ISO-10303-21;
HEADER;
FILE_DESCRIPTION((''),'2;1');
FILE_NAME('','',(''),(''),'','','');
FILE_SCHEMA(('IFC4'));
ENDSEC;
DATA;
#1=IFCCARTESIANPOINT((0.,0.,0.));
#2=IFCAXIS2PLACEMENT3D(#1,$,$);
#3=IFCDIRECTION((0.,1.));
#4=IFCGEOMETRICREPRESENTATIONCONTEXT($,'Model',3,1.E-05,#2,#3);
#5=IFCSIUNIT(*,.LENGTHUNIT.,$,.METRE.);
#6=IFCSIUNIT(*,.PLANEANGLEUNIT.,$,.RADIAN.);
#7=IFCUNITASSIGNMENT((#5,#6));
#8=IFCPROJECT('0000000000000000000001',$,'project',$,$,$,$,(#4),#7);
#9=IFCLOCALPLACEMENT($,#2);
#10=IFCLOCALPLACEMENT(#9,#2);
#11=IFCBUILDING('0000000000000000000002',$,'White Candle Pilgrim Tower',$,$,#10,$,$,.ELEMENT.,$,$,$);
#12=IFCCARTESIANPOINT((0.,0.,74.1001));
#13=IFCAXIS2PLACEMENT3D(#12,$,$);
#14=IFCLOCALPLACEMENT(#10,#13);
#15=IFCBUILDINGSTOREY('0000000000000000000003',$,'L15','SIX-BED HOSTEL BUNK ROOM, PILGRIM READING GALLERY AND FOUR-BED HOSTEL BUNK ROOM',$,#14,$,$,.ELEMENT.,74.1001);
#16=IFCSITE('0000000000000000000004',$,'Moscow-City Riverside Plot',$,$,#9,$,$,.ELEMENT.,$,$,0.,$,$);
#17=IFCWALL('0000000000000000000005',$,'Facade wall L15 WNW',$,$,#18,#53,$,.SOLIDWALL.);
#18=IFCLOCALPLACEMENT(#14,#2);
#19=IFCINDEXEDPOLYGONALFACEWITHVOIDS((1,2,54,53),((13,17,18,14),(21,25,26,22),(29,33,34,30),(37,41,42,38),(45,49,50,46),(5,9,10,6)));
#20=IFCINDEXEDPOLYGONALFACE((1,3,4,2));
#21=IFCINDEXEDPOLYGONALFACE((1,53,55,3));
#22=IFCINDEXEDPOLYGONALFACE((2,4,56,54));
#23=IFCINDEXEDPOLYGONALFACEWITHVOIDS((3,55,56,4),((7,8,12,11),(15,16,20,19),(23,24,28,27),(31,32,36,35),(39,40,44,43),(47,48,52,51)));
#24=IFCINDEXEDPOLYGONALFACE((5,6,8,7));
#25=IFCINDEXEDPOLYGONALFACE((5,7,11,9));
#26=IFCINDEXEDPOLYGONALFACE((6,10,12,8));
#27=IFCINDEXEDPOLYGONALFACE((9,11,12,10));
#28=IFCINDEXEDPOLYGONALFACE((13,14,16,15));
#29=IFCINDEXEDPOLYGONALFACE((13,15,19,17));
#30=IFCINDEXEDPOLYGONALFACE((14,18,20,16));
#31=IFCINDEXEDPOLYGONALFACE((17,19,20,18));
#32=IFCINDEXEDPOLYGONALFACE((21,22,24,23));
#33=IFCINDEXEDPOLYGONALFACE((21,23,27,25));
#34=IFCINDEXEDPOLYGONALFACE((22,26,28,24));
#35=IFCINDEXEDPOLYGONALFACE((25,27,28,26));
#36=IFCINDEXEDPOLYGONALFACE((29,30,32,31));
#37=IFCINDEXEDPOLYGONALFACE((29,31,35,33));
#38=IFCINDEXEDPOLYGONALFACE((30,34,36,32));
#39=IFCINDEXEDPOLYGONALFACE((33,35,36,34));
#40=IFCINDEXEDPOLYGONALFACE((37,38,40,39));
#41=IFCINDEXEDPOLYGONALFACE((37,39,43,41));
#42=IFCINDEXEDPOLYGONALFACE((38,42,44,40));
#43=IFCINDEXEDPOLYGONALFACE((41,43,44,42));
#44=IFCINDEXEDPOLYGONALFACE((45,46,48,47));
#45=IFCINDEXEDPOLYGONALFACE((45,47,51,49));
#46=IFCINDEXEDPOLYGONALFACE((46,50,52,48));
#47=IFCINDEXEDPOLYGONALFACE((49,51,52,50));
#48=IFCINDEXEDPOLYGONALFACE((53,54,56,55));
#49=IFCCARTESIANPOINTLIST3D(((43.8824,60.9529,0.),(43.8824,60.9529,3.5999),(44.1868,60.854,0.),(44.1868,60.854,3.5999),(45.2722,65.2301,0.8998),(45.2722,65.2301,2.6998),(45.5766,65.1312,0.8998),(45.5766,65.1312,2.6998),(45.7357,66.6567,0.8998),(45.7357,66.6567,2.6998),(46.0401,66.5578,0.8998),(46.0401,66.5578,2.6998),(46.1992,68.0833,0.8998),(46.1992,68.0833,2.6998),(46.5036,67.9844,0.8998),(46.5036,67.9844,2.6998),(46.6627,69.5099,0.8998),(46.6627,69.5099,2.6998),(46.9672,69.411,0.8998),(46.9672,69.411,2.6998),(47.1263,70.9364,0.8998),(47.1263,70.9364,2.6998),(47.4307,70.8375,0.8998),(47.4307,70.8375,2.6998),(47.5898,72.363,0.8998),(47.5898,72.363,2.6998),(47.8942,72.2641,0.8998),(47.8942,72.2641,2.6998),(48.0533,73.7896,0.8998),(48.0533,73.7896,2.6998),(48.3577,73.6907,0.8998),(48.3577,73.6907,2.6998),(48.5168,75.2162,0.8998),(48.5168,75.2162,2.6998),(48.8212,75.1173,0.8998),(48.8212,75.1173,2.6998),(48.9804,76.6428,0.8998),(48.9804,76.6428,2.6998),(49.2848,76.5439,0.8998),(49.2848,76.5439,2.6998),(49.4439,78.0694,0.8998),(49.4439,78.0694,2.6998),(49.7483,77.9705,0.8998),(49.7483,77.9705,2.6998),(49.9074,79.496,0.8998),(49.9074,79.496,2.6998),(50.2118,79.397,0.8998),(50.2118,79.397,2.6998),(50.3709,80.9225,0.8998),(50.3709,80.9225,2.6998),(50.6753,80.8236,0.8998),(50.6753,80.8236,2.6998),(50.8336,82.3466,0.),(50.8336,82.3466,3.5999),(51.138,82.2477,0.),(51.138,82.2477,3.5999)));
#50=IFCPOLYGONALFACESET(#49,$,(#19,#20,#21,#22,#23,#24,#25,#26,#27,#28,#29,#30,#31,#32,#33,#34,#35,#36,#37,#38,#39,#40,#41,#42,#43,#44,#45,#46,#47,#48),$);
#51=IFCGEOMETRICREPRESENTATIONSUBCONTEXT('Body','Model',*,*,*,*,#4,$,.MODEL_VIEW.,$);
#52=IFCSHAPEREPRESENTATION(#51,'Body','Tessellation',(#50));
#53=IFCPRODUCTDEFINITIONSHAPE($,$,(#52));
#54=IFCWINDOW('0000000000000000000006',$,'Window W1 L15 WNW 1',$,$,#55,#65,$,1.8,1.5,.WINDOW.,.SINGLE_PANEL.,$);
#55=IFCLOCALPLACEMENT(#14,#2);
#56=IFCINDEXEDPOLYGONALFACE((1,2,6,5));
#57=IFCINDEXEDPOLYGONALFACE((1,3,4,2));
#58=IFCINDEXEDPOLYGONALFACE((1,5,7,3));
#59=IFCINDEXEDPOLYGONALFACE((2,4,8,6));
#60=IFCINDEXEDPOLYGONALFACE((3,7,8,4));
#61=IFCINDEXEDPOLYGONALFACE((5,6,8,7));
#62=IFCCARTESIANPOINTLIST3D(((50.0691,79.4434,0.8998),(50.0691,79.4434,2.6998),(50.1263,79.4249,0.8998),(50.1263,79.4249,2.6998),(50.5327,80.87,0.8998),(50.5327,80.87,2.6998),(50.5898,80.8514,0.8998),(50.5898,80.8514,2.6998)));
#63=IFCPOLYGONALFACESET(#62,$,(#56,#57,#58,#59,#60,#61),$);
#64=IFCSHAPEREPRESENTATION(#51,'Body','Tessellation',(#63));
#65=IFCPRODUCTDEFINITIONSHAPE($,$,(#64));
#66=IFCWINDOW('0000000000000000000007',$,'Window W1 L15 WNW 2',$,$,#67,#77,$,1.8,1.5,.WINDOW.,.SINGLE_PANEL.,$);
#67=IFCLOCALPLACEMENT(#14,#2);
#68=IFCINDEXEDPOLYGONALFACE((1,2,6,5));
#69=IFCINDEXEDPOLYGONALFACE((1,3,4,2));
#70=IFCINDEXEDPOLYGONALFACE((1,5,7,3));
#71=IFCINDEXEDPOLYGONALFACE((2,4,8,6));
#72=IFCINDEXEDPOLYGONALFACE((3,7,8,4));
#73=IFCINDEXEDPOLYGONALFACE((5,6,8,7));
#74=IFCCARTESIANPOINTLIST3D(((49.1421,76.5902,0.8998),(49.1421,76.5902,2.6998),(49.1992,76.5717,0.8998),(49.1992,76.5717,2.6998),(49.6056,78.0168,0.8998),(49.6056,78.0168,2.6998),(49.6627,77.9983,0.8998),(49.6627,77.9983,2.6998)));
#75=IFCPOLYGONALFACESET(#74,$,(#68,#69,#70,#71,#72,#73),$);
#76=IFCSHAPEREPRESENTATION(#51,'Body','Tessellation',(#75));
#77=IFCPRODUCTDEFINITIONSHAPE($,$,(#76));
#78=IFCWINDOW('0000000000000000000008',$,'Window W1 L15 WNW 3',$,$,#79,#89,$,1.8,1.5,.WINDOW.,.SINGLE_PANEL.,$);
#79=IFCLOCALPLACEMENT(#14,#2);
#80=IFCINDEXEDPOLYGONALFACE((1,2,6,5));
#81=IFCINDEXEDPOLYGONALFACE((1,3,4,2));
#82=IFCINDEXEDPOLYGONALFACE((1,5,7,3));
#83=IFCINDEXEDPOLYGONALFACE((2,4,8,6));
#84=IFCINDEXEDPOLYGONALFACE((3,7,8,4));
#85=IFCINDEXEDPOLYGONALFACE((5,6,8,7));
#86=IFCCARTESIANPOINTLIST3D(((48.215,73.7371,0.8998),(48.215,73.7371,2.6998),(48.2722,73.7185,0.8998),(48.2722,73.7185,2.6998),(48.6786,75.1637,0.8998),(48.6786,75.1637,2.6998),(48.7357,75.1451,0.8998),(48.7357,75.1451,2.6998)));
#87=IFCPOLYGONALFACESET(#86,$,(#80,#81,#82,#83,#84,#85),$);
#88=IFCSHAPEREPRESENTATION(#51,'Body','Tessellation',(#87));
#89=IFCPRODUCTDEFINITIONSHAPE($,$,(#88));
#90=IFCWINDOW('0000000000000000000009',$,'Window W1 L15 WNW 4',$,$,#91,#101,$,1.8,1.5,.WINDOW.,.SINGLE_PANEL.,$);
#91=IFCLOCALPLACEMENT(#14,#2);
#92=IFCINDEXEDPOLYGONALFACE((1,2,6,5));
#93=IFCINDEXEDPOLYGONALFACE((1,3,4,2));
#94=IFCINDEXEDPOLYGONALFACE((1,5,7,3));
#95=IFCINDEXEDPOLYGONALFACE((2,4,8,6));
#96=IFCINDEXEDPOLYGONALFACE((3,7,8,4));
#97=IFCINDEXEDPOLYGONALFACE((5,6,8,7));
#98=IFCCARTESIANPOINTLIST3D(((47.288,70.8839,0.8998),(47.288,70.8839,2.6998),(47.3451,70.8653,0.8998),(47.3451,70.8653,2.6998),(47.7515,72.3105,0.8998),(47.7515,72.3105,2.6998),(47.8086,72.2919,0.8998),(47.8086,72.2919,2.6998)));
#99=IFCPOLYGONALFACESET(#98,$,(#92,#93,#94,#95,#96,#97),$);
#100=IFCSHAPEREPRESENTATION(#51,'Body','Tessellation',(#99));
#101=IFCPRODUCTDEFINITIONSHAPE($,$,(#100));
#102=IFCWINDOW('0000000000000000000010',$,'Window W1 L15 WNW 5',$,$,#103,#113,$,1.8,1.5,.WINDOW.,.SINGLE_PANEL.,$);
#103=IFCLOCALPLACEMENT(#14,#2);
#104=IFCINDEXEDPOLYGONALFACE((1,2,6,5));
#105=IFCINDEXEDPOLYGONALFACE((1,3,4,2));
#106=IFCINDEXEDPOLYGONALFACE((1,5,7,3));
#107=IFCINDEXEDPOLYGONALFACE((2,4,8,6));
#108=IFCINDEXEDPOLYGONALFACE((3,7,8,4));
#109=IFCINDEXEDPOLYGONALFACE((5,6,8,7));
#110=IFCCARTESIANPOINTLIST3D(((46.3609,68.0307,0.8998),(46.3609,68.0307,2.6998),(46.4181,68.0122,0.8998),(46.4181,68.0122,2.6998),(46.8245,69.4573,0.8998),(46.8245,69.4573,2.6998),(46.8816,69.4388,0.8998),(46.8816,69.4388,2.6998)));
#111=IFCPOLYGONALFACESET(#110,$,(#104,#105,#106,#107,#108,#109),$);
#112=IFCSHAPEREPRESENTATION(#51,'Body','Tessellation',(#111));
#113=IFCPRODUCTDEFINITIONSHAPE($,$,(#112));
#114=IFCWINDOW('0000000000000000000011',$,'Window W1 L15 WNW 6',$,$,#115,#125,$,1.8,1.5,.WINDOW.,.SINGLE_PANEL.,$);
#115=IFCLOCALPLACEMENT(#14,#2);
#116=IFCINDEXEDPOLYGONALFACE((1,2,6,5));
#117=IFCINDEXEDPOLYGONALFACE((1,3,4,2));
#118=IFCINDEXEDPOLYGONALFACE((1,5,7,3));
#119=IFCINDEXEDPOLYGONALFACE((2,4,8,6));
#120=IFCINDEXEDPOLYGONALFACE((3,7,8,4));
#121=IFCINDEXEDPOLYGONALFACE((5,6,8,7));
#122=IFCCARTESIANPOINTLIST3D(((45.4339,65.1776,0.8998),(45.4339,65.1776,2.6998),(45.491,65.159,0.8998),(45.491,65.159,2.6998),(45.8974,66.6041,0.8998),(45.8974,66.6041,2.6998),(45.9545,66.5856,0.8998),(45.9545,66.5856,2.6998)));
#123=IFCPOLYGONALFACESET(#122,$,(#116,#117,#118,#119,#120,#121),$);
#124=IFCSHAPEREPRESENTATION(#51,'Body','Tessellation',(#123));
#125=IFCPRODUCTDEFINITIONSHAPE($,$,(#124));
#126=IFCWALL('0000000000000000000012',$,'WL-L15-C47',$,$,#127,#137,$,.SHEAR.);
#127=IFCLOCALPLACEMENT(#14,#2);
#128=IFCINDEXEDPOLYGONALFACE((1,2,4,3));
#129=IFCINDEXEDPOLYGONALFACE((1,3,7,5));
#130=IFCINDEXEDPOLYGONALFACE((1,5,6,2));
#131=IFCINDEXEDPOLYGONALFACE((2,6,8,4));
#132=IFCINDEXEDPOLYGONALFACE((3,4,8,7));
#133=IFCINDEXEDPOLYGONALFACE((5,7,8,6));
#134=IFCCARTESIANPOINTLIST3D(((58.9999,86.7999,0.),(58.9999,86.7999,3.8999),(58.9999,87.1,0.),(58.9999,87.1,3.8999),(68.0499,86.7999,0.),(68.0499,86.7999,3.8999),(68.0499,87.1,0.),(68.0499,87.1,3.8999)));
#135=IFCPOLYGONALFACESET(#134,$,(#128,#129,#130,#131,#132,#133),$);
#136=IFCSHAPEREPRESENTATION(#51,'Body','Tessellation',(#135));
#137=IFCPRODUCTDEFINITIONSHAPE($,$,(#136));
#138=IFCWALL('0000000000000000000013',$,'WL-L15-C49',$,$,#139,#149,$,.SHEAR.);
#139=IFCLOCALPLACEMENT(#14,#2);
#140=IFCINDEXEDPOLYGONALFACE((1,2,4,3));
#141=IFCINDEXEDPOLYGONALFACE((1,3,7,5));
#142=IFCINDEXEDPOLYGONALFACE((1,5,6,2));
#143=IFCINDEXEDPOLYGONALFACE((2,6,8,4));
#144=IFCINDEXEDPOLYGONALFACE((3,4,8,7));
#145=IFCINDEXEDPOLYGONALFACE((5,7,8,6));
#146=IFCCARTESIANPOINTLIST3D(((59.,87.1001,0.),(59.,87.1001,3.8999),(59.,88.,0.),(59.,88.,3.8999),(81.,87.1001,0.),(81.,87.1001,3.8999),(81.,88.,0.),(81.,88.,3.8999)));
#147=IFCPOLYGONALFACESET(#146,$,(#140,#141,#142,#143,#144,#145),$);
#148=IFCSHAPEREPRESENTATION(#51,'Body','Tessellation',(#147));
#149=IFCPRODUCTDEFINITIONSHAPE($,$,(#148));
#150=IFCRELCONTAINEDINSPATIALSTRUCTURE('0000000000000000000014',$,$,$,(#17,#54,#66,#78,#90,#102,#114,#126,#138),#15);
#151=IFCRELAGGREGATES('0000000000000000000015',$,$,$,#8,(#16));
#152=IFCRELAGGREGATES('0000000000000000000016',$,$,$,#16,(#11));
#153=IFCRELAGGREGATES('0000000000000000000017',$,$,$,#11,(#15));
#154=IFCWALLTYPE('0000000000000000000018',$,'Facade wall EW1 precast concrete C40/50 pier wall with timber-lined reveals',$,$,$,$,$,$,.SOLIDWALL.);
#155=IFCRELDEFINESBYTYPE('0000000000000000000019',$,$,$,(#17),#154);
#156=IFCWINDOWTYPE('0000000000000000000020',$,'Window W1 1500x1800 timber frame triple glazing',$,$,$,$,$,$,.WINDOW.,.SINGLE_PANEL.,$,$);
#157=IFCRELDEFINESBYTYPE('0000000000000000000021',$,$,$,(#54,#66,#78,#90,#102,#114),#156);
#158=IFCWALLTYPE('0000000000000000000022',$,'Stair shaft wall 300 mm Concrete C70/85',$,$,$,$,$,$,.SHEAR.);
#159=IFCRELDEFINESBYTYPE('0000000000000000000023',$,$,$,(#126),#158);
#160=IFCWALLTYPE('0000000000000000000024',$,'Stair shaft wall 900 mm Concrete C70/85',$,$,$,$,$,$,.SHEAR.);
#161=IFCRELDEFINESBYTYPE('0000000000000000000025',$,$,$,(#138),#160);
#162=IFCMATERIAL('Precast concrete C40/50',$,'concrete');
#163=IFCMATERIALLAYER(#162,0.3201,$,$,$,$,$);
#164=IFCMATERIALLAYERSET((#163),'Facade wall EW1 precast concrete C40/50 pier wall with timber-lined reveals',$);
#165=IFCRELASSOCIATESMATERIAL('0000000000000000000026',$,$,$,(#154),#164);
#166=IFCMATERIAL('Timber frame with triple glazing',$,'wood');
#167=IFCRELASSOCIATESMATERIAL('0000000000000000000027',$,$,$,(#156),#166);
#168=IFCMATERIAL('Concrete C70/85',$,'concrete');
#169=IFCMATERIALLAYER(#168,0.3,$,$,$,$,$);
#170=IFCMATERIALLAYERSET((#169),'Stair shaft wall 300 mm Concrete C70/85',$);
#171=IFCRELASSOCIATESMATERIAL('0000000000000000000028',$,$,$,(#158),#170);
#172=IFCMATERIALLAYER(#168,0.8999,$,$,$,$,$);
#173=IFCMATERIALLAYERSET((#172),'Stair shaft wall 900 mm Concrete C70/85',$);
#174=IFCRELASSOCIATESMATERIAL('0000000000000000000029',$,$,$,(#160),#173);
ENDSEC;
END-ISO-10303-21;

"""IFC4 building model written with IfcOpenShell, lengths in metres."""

from ifc_helpers import new_model, si_unit, direction, frame, frame_2d, origin, place, context, subcontext, project, spatial, rectangle, extrude, material, layer, layer_set, type_object, element, fill, save


model = new_model("IFC4")

# Units and contexts
model_context = context("Model", 3, precision=1e-05, world=origin(), true_north=direction((0.0, 1.0)))
body_context = subcontext(model_context, "Body", "Model", "MODEL_VIEW")
ifc_project = project(units=[si_unit("LENGTHUNIT", "METRE"), si_unit("PLANEANGLEUNIT", "RADIAN")], contexts=[model_context])

# Site, building, storey
site_placement = place(None, origin())
site = spatial("IfcSite", under=ifc_project, at=site_placement, Name="Moscow-City Riverside Plot", CompositionType="ELEMENT", RefElevation=0.0)
building_placement = place(site_placement, origin())
building = spatial("IfcBuilding", under=site, at=building_placement, Name="White Candle Pilgrim Tower", CompositionType="ELEMENT")
storey_placement = place(building_placement, frame((0.0, 0.0, 74.1001)))
storey = spatial("IfcBuildingStorey", under=building, at=storey_placement, Name="L15", Description="SIX-BED HOSTEL BUNK ROOM, PILGRIM READING GALLERY AND FOUR-BED HOSTEL BUNK ROOM", CompositionType="ELEMENT", Elevation=74.1001)

# Shared definitions
ifc_material_1 = material(Name="Concrete C70/85", Category="concrete")

# Wall, openings, windows
ifc_material_2 = material(Name="Precast concrete C40/50", Category="concrete")
ifc_layer_1 = layer(ifc_material_2, 0.3201)
ifc_layer_set_1 = layer_set([ifc_layer_1], Name="Facade wall EW1 precast concrete C40/50 pier wall with timber-lined reveals")
wall_type_1 = type_object("IfcWallType", Name="Facade wall EW1 precast concrete C40/50 pier wall with timber-lined reveals", PredefinedType="SOLIDWALL", material=ifc_layer_set_1)
ifc_material_3 = material(Name="Timber frame with triple glazing", Category="wood")
wall_1_placement = place(storey_placement, frame((50.9858, 82.2971, 0.0), z_axis=(0.0, 0.0, 1.0), x_axis=(-0.309016, -0.951057, 0.0)))
wall_1 = element("IfcWall", 1, at=wall_1_placement, inside=storey, type_object=wall_type_1, Name="Facade wall L15 WNW", PredefinedType="SOLIDWALL", context=body_context, shape_type="SweptSolid", body=[
    extrude(rectangle(XDim=22.4946, YDim=0.3201, at=frame_2d((11.2473, 0.0))), origin(), (0.0, 0.0, 1.0), 3.5999),
])
opening_1_placement = place(wall_1_placement, frame((1.4973, 0.0, 0.8999)))
opening_1 = element("IfcOpeningElement", 2, at=opening_1_placement, cuts=wall_1, PredefinedType="OPENING", context=body_context, shape_type="SweptSolid", body=[
    extrude(rectangle(XDim=1.5, YDim=1.8, at=frame_2d((0.75, 0.8999))), frame((0.0, 0.1699, 0.0), z_axis=(0.0, -1.0, 0.0), x_axis=(1.0, 0.0, 0.0)), (0.0, 0.0, 1.0), 0.3401),
])
opening_2_placement = place(wall_1_placement, frame((4.4973, 0.0, 0.8999)))
opening_2 = element("IfcOpeningElement", 3, at=opening_2_placement, cuts=wall_1, PredefinedType="OPENING", context=body_context, shape_type="SweptSolid", body=[
    extrude(rectangle(XDim=1.5, YDim=1.8, at=frame_2d((0.75, 0.8999))), frame((0.0, 0.1699, 0.0), z_axis=(0.0, -1.0, 0.0), x_axis=(1.0, 0.0, 0.0)), (0.0, 0.0, 1.0), 0.3401),
])
opening_3_placement = place(wall_1_placement, frame((7.4973, 0.0, 0.8999)))
opening_3 = element("IfcOpeningElement", 4, at=opening_3_placement, cuts=wall_1, PredefinedType="OPENING", context=body_context, shape_type="SweptSolid", body=[
    extrude(rectangle(XDim=1.5, YDim=1.8, at=frame_2d((0.75, 0.8999))), frame((0.0, 0.1699, 0.0), z_axis=(0.0, -1.0, 0.0), x_axis=(1.0, 0.0, 0.0)), (0.0, 0.0, 1.0), 0.3401),
])
opening_4_placement = place(wall_1_placement, frame((10.4973, 0.0, 0.8999)))
opening_4 = element("IfcOpeningElement", 5, at=opening_4_placement, cuts=wall_1, PredefinedType="OPENING", context=body_context, shape_type="SweptSolid", body=[
    extrude(rectangle(XDim=1.5, YDim=1.8, at=frame_2d((0.75, 0.8999))), frame((0.0, 0.1699, 0.0), z_axis=(0.0, -1.0, 0.0), x_axis=(1.0, 0.0, 0.0)), (0.0, 0.0, 1.0), 0.3401),
])
opening_5_placement = place(wall_1_placement, frame((13.4973, 0.0, 0.8999)))
opening_5 = element("IfcOpeningElement", 6, at=opening_5_placement, cuts=wall_1, PredefinedType="OPENING", context=body_context, shape_type="SweptSolid", body=[
    extrude(rectangle(XDim=1.5, YDim=1.8, at=frame_2d((0.75, 0.8999))), frame((0.0, 0.1699, 0.0), z_axis=(0.0, -1.0, 0.0), x_axis=(1.0, 0.0, 0.0)), (0.0, 0.0, 1.0), 0.3401),
])
opening_6_placement = place(wall_1_placement, frame((16.4973, 0.0, 0.8999)))
opening_6 = element("IfcOpeningElement", 7, at=opening_6_placement, cuts=wall_1, PredefinedType="OPENING", context=body_context, shape_type="SweptSolid", body=[
    extrude(rectangle(XDim=1.5, YDim=1.8, at=frame_2d((0.75, 0.8999))), frame((0.0, 0.1699, 0.0), z_axis=(0.0, -1.0, 0.0), x_axis=(1.0, 0.0, 0.0)), (0.0, 0.0, 1.0), 0.3401),
])
window_type_1 = type_object("IfcWindowType", Name="Window W1 1500x1800 timber frame triple glazing", PartitioningType="SINGLE_PANEL", PredefinedType="WINDOW", material=ifc_material_3)
window_1_placement = place(opening_1_placement, origin())
window_1 = element("IfcWindow", 8, at=window_1_placement, inside=storey, type_object=window_type_1, Name="Window W1 L15 WNW 1", OverallHeight=1.8, OverallWidth=1.5, PartitioningType="SINGLE_PANEL", PredefinedType="WINDOW", context=body_context, shape_type="SweptSolid", body=[
    extrude(rectangle(XDim=1.5, YDim=1.8, at=frame_2d((0.75, 0.8999))), frame((0.0, 0.0701, 0.0), z_axis=(0.0, -1.0, 0.0), x_axis=(1.0, 0.0, 0.0)), (0.0, 0.0, 1.0), 0.0601),
])
fill(opening_1, window_1)
window_2_placement = place(opening_2_placement, origin())
window_2 = element("IfcWindow", 9, at=window_2_placement, inside=storey, type_object=window_type_1, Name="Window W1 L15 WNW 2", OverallHeight=1.8, OverallWidth=1.5, PartitioningType="SINGLE_PANEL", PredefinedType="WINDOW", context=body_context, shape_type="SweptSolid", body=[
    extrude(rectangle(XDim=1.5, YDim=1.8, at=frame_2d((0.75, 0.8999))), frame((0.0, 0.0701, 0.0), z_axis=(0.0, -1.0, 0.0), x_axis=(1.0, 0.0, 0.0)), (0.0, 0.0, 1.0), 0.0601),
])
fill(opening_2, window_2)
window_3_placement = place(opening_3_placement, origin())
window_3 = element("IfcWindow", 10, at=window_3_placement, inside=storey, type_object=window_type_1, Name="Window W1 L15 WNW 3", OverallHeight=1.8, OverallWidth=1.5, PartitioningType="SINGLE_PANEL", PredefinedType="WINDOW", context=body_context, shape_type="SweptSolid", body=[
    extrude(rectangle(XDim=1.5, YDim=1.8, at=frame_2d((0.75, 0.8999))), frame((0.0, 0.0701, 0.0), z_axis=(0.0, -1.0, 0.0), x_axis=(1.0, 0.0, 0.0)), (0.0, 0.0, 1.0), 0.0601),
])
fill(opening_3, window_3)
window_4_placement = place(opening_4_placement, origin())
window_4 = element("IfcWindow", 11, at=window_4_placement, inside=storey, type_object=window_type_1, Name="Window W1 L15 WNW 4", OverallHeight=1.8, OverallWidth=1.5, PartitioningType="SINGLE_PANEL", PredefinedType="WINDOW", context=body_context, shape_type="SweptSolid", body=[
    extrude(rectangle(XDim=1.5, YDim=1.8, at=frame_2d((0.75, 0.8999))), frame((0.0, 0.0701, 0.0), z_axis=(0.0, -1.0, 0.0), x_axis=(1.0, 0.0, 0.0)), (0.0, 0.0, 1.0), 0.0601),
])
fill(opening_4, window_4)
window_5_placement = place(opening_5_placement, origin())
window_5 = element("IfcWindow", 12, at=window_5_placement, inside=storey, type_object=window_type_1, Name="Window W1 L15 WNW 5", OverallHeight=1.8, OverallWidth=1.5, PartitioningType="SINGLE_PANEL", PredefinedType="WINDOW", context=body_context, shape_type="SweptSolid", body=[
    extrude(rectangle(XDim=1.5, YDim=1.8, at=frame_2d((0.75, 0.8999))), frame((0.0, 0.0701, 0.0), z_axis=(0.0, -1.0, 0.0), x_axis=(1.0, 0.0, 0.0)), (0.0, 0.0, 1.0), 0.0601),
])
fill(opening_5, window_5)
window_6_placement = place(opening_6_placement, origin())
window_6 = element("IfcWindow", 13, at=window_6_placement, inside=storey, type_object=window_type_1, Name="Window W1 L15 WNW 6", OverallHeight=1.8, OverallWidth=1.5, PartitioningType="SINGLE_PANEL", PredefinedType="WINDOW", context=body_context, shape_type="SweptSolid", body=[
    extrude(rectangle(XDim=1.5, YDim=1.8, at=frame_2d((0.75, 0.8999))), frame((0.0, 0.0701, 0.0), z_axis=(0.0, -1.0, 0.0), x_axis=(1.0, 0.0, 0.0)), (0.0, 0.0, 1.0), 0.0601),
])
fill(opening_6, window_6)

# Walls
ifc_layer_2 = layer(ifc_material_1, 0.3)
ifc_layer_set_2 = layer_set([ifc_layer_2], Name="Stair shaft wall 300 mm Concrete C70/85")
wall_type_2 = type_object("IfcWallType", Name="Stair shaft wall 300 mm Concrete C70/85", PredefinedType="SHEAR", material=ifc_layer_set_2)
wall_2_placement = place(storey_placement, frame((59.0, 86.95, 0.0), z_axis=(0.0, 0.0, 1.0), x_axis=(1.0, 0.0, 0.0)))
element("IfcWall", 14, at=wall_2_placement, inside=storey, type_object=wall_type_2, Name="WL-L15-C47", PredefinedType="SHEAR", context=body_context, shape_type="SweptSolid", body=[
    extrude(rectangle(XDim=9.05, YDim=0.3, at=frame_2d((4.5249, 0.0))), origin(), (0.0, 0.0, 1.0), 3.8999),
])
ifc_layer_3 = layer(ifc_material_1, 0.8999)
ifc_layer_set_3 = layer_set([ifc_layer_3], Name="Stair shaft wall 900 mm Concrete C70/85")
wall_type_3 = type_object("IfcWallType", Name="Stair shaft wall 900 mm Concrete C70/85", PredefinedType="SHEAR", material=ifc_layer_set_3)
wall_3_placement = place(storey_placement, frame((59.0, 87.55, 0.0), z_axis=(0.0, 0.0, 1.0), x_axis=(1.0, 0.0, 0.0)))
element("IfcWall", 15, at=wall_3_placement, inside=storey, type_object=wall_type_3, Name="WL-L15-C49", PredefinedType="SHEAR", context=body_context, shape_type="SweptSolid", body=[
    extrude(rectangle(XDim=22.0, YDim=0.8999, at=frame_2d((11.0, 0.0))), origin(), (0.0, 0.0, 1.0), 3.8999),
])

save(model, "model.ifc")
